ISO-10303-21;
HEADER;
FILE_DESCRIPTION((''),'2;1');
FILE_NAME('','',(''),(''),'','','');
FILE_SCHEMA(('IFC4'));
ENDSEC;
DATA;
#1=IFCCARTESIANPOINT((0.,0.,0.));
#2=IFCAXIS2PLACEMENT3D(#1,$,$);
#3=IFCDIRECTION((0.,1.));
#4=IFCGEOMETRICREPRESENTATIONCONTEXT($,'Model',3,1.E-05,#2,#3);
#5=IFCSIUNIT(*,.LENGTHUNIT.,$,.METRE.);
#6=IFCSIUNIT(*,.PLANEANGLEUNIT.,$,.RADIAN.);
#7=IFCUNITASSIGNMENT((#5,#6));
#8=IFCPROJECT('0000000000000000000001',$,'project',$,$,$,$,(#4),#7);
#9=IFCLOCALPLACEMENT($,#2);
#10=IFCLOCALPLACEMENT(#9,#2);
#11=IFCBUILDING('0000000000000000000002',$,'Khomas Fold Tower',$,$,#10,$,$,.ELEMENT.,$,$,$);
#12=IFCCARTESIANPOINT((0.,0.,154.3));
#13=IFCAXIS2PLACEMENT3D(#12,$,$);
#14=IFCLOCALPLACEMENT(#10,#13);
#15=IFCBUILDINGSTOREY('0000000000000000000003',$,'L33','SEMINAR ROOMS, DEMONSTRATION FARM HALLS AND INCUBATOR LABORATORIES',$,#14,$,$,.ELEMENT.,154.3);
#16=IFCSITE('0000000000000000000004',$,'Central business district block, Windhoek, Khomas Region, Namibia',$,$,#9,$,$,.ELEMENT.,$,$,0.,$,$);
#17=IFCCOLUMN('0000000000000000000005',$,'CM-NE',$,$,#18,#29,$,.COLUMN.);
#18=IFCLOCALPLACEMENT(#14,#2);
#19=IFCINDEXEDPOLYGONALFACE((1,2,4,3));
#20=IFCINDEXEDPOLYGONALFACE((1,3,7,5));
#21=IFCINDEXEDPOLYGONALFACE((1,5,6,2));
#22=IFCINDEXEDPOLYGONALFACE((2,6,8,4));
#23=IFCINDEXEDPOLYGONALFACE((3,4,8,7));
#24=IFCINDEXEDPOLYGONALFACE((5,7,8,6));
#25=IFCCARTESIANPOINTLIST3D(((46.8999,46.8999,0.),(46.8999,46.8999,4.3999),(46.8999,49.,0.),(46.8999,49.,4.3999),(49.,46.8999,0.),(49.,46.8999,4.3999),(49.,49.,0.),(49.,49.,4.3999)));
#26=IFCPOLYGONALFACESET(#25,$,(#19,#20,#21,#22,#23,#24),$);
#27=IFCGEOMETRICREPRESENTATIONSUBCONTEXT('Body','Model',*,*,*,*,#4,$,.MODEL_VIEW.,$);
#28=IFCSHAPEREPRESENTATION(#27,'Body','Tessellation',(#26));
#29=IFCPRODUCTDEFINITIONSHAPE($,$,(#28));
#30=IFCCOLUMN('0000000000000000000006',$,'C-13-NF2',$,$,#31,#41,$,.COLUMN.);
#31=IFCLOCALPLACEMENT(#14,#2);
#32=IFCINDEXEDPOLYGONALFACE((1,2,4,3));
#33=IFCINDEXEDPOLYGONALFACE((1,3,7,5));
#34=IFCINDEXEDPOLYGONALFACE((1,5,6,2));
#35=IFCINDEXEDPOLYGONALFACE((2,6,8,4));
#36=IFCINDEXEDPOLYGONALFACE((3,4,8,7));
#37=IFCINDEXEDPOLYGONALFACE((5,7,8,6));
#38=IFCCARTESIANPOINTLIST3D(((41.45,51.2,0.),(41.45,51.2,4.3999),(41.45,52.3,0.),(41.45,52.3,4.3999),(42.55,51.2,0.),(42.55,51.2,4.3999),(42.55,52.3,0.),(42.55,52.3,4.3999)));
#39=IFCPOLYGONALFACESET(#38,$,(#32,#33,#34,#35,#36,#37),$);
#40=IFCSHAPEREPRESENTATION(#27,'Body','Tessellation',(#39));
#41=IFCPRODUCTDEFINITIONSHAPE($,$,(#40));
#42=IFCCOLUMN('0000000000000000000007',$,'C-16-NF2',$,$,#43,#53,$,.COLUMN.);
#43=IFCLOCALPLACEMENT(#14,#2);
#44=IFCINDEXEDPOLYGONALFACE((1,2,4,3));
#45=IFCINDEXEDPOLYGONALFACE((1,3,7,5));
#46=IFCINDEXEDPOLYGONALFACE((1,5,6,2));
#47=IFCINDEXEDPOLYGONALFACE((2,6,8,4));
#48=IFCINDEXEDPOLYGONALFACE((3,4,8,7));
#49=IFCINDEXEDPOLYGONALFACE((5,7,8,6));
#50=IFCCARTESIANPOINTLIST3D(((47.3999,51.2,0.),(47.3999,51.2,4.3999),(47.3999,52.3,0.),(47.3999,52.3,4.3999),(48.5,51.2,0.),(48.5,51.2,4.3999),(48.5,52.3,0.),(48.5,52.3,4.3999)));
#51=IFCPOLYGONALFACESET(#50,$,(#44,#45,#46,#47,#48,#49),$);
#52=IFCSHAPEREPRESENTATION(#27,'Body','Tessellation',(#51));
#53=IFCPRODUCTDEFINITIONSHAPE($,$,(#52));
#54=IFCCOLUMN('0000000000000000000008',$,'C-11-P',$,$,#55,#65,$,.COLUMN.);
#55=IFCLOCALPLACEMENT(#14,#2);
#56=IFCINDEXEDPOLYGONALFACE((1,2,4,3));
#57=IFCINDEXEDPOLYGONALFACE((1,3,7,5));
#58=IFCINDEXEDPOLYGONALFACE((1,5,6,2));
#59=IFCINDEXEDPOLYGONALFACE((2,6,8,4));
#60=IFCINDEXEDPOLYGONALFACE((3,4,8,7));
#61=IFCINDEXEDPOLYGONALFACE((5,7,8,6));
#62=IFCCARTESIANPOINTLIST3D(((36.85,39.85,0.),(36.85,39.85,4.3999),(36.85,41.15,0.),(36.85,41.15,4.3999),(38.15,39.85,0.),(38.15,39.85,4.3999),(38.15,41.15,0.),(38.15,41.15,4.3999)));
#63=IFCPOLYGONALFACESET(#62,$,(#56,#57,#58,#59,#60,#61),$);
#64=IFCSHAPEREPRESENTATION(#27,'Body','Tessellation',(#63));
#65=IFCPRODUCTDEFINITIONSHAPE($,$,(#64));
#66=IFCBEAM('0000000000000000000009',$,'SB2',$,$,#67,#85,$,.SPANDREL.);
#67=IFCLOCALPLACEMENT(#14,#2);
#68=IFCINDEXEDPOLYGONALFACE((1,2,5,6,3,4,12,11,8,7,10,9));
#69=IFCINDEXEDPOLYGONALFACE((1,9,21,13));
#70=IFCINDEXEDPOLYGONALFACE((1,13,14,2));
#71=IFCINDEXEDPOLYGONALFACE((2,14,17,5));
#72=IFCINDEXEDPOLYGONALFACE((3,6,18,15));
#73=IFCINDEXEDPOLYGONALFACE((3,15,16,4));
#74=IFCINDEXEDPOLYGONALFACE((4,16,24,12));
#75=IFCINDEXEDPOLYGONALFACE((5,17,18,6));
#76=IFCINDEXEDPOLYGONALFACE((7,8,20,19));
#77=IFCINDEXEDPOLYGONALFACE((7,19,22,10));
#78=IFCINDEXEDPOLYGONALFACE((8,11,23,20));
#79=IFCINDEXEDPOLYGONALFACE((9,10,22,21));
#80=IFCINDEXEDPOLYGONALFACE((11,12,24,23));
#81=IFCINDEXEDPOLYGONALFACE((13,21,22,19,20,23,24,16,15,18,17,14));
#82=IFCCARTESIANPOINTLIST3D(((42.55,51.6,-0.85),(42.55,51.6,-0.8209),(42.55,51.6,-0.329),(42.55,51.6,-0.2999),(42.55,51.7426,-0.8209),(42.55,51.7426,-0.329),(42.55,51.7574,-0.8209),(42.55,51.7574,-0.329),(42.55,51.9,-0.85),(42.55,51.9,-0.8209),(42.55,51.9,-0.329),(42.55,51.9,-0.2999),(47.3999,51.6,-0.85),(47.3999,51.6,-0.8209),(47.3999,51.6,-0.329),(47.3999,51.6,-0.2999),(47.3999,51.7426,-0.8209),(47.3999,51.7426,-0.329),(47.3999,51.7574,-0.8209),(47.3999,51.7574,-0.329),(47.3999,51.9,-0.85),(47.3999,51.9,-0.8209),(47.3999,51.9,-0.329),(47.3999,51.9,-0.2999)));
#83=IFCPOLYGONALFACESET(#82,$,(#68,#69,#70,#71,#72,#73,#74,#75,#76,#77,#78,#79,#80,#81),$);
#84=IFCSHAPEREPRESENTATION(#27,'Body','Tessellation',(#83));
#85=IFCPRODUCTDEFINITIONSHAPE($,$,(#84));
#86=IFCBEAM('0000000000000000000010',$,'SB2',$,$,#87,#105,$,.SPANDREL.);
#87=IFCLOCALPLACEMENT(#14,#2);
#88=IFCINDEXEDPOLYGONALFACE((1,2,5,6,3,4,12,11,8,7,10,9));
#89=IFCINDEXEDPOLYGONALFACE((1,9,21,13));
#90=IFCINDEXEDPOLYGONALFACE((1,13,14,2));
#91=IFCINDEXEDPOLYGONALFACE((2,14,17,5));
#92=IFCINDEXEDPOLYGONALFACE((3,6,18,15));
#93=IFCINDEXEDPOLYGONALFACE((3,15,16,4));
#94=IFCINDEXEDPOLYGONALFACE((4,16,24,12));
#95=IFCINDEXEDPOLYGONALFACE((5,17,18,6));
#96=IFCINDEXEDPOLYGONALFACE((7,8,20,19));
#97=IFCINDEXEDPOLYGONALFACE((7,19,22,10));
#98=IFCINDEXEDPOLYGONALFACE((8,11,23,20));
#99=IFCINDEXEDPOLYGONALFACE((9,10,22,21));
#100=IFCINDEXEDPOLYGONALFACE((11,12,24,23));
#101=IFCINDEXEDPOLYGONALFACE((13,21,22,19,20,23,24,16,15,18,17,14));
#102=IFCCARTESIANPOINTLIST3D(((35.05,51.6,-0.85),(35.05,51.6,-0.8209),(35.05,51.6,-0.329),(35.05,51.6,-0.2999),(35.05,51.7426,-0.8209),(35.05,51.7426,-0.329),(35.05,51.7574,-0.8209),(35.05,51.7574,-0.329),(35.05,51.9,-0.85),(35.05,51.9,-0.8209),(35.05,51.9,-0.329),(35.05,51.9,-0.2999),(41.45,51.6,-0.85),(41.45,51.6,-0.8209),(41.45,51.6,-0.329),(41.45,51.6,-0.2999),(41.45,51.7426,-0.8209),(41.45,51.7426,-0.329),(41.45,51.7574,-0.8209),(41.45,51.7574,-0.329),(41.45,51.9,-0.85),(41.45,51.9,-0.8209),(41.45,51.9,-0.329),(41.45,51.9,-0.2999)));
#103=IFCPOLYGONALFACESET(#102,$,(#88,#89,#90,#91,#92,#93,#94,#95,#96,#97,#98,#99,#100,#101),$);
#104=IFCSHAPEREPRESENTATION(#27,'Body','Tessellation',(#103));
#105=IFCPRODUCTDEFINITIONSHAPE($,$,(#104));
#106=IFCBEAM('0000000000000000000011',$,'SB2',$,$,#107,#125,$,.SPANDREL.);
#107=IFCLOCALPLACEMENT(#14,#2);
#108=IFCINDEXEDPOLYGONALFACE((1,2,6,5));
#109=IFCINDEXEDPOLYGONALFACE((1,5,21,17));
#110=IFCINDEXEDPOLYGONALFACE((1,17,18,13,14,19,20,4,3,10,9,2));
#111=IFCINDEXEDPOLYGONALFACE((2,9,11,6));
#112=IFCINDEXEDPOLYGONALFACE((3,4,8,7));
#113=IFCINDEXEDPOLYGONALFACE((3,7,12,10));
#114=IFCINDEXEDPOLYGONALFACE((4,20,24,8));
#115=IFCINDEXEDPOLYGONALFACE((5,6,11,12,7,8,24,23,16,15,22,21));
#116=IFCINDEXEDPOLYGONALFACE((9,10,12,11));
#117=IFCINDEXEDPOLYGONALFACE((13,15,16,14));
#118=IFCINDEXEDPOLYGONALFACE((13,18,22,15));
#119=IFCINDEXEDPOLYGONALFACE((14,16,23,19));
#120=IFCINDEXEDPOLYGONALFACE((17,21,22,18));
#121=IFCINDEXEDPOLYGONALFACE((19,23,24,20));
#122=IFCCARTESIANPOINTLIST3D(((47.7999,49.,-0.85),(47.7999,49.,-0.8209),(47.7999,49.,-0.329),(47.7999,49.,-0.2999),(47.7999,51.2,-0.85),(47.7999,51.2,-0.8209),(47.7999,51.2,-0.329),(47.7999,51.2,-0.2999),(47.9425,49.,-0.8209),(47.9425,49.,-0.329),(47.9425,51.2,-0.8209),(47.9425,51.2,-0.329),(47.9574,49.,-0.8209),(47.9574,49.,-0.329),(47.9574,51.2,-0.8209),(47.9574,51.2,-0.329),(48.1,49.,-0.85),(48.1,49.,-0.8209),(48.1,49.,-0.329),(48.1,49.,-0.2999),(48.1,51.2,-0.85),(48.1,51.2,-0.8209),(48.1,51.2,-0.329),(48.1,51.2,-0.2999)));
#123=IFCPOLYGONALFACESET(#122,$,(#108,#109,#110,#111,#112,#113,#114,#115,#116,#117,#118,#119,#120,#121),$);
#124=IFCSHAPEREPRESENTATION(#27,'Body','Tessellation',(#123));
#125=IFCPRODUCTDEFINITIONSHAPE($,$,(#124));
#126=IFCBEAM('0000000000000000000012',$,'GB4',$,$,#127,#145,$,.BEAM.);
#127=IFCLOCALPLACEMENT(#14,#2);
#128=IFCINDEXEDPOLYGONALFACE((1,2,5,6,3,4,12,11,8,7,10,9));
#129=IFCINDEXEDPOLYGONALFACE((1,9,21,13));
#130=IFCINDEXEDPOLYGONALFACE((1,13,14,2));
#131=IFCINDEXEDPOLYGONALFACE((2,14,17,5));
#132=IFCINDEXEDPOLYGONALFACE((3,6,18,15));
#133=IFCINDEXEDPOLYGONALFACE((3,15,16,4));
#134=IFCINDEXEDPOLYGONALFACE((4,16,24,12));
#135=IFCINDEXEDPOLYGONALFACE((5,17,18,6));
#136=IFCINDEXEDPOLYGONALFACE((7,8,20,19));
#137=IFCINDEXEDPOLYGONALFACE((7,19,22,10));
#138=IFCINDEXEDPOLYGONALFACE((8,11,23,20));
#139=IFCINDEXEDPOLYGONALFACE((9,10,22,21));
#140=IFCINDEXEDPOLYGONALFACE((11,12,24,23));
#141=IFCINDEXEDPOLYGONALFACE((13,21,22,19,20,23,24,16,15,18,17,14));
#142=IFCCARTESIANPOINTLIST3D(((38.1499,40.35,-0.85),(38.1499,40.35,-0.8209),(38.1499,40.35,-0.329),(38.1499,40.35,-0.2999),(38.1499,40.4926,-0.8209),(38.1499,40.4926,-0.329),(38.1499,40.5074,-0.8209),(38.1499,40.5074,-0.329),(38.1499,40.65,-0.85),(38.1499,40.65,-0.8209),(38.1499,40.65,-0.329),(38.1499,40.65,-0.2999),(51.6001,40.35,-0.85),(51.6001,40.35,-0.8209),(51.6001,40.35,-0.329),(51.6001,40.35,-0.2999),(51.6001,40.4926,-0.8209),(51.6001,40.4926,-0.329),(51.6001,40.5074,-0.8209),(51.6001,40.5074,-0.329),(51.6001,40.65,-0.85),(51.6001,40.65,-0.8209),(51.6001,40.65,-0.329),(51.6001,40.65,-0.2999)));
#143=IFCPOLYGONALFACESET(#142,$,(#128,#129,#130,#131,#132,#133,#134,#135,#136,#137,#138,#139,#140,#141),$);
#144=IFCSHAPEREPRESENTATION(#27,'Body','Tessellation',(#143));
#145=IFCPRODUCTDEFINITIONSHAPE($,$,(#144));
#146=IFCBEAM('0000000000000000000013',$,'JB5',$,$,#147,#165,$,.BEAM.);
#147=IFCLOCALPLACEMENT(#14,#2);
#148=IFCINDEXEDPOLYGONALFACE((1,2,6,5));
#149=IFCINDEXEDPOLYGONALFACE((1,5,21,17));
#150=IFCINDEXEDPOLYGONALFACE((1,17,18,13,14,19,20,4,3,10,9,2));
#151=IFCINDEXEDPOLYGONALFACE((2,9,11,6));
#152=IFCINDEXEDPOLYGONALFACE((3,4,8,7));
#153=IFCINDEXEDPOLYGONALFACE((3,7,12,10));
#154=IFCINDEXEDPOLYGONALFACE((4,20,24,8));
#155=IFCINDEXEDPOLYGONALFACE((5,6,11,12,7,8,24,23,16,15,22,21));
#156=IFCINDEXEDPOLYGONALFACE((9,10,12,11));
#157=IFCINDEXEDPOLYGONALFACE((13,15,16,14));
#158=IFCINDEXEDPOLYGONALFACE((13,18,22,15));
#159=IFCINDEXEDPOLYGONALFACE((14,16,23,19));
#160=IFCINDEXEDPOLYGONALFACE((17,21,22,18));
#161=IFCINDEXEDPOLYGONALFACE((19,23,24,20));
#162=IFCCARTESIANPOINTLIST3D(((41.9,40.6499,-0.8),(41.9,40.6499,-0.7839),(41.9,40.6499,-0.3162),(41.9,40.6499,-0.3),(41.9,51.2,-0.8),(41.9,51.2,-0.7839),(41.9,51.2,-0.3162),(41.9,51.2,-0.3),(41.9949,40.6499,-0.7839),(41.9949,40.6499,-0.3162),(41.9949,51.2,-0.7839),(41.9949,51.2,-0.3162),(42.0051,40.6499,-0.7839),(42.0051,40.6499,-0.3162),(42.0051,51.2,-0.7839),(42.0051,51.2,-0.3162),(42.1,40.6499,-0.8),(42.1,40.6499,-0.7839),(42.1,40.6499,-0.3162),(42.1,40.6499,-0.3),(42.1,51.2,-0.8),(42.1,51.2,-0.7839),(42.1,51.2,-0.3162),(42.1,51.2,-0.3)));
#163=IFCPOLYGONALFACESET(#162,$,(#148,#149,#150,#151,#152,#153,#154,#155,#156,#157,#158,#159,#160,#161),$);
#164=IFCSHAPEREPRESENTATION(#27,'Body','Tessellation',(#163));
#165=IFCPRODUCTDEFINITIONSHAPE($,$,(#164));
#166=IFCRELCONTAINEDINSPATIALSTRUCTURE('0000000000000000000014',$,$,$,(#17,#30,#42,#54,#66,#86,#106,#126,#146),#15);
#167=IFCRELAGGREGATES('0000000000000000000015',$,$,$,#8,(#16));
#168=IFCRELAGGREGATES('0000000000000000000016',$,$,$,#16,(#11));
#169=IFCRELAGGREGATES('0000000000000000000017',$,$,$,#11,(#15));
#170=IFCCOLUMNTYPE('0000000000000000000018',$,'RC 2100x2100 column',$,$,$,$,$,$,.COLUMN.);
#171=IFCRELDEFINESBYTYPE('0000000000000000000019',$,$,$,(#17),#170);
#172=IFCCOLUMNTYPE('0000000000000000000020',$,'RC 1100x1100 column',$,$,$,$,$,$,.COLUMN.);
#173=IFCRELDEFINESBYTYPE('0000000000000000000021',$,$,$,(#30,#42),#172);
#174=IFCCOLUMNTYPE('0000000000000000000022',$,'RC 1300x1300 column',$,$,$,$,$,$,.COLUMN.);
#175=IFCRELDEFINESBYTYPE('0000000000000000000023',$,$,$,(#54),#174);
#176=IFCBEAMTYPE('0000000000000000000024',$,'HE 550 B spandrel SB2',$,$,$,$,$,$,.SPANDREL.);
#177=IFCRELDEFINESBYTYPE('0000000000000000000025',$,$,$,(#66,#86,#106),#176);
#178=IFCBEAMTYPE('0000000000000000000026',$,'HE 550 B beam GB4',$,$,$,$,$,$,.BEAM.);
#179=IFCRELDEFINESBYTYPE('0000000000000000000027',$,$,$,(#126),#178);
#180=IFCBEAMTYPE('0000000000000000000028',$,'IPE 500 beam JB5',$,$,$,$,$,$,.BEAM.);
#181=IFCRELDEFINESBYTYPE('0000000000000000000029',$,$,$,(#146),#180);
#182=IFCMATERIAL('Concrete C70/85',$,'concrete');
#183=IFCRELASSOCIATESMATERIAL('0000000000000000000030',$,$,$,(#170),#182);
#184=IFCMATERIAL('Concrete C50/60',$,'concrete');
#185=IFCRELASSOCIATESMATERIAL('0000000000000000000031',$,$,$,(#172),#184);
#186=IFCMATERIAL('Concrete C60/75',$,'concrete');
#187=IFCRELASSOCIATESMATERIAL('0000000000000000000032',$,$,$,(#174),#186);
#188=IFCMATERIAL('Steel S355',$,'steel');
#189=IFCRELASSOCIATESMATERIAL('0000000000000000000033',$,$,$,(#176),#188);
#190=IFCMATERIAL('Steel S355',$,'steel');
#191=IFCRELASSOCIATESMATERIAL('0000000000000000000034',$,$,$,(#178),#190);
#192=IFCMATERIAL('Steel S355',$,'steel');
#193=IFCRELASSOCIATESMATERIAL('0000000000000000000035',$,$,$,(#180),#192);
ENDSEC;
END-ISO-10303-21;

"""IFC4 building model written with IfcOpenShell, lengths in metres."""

from ifc_helpers import new_model, si_unit, direction, frame, origin, origin_2d, place, context, subcontext, project, spatial, rectangle, i_section, extrude, source, transform, mapped, material, material_profile, profile_set, type_object, element, save


model = new_model("IFC4")

# Units and contexts
model_context = context("Model", 3, precision=1e-05, world=origin(), true_north=direction((0.0, 1.0)))
body_context = subcontext(model_context, "Body", "Model", "MODEL_VIEW")
ifc_project = project(units=[si_unit("LENGTHUNIT", "METRE"), si_unit("PLANEANGLEUNIT", "RADIAN")], contexts=[model_context])

# Site, building, storey
site_placement = place(None, origin())
site = spatial("IfcSite", under=ifc_project, at=site_placement, Name="Central business district block, Windhoek, Khomas Region, Namibia", CompositionType="ELEMENT", RefElevation=0.0)
building_placement = place(site_placement, origin())
building = spatial("IfcBuilding", under=site, at=building_placement, Name="Khomas Fold Tower", CompositionType="ELEMENT")
storey_placement = place(building_placement, frame((0.0, 0.0, 154.3)))
storey = spatial("IfcBuildingStorey", under=building, at=storey_placement, Name="L33", Description="SEMINAR ROOMS, DEMONSTRATION FARM HALLS AND INCUBATOR LABORATORIES", CompositionType="ELEMENT", Elevation=154.3)

# Columns
ifc_material_1 = material(Name="Concrete C70/85", Category="concrete")
ifc_material_profile_1 = material_profile(ifc_material_1, rectangle(XDim=2.1001, YDim=2.1001, at=origin_2d()), Name="RC 2100x2100")
ifc_profile_set_1 = profile_set([ifc_material_profile_1], Name="Concrete C70/85")
column_type_1 = type_object("IfcColumnType", Name="RC 2100x2100 column", PredefinedType="COLUMN", material=ifc_profile_set_1)
shared_shape_1 = source(origin(), body_context, "Body", "SweptSolid", [
    extrude(rectangle(XDim=2.1001, YDim=2.1001, at=origin_2d()), origin(), (0.0, 0.0, 1.0), 4.3999),
])
column_1_placement = place(storey_placement, frame((47.95, 47.95, 0.0), z_axis=(0.0, 0.0, 1.0), x_axis=(1.0, 0.0, 0.0)))
element("IfcColumn", 1, at=column_1_placement, inside=storey, type_object=column_type_1, Name="CM-NE", PredefinedType="COLUMN", context=body_context, shape_type="MappedRepresentation", body=[
    mapped(shared_shape_1, transform((0.0, 0.0, 0.0))),
])
ifc_material_2 = material(Name="Concrete C50/60", Category="concrete")
ifc_material_profile_2 = material_profile(ifc_material_2, rectangle(XDim=1.1001, YDim=1.1001, at=origin_2d()), Name="RC 1100x1100")
ifc_profile_set_2 = profile_set([ifc_material_profile_2], Name="Concrete C50/60")
column_type_2 = type_object("IfcColumnType", Name="RC 1100x1100 column", PredefinedType="COLUMN", material=ifc_profile_set_2)
shared_shape_2 = source(origin(), body_context, "Body", "SweptSolid", [
    extrude(rectangle(XDim=1.1001, YDim=1.1001, at=origin_2d()), origin(), (0.0, 0.0, 1.0), 4.3999),
])
for number, where, z_axis, x_axis, name in (
    (2, (42.0, 51.75, 0.0), (0.0, 0.0, 1.0), (1.0, 0.0, 0.0), "C-13-NF2"),
    (3, (47.95, 51.75, 0.0), (0.0, 0.0, 1.0), (1.0, 0.0, 0.0), "C-16-NF2"),
):
    element("IfcColumn", number, at=place(storey_placement, frame(where, z_axis=z_axis, x_axis=x_axis)), inside=storey, type_object=column_type_2, Name=name, PredefinedType="COLUMN", context=body_context, shape_type="MappedRepresentation", body=[
        mapped(shared_shape_2, transform((0.0, 0.0, 0.0))),
    ])
ifc_material_3 = material(Name="Concrete C60/75", Category="concrete")
ifc_material_profile_3 = material_profile(ifc_material_3, rectangle(XDim=1.3, YDim=1.3, at=origin_2d()), Name="RC 1300x1300")
ifc_profile_set_3 = profile_set([ifc_material_profile_3], Name="Concrete C60/75")
column_type_3 = type_object("IfcColumnType", Name="RC 1300x1300 column", PredefinedType="COLUMN", material=ifc_profile_set_3)
shared_shape_3 = source(origin(), body_context, "Body", "SweptSolid", [
    extrude(rectangle(XDim=1.3, YDim=1.3, at=origin_2d()), origin(), (0.0, 0.0, 1.0), 4.3999),
])
column_2_placement = place(storey_placement, frame((37.5, 40.5, 0.0), z_axis=(0.0, 0.0, 1.0), x_axis=(1.0, 0.0, 0.0)))
element("IfcColumn", 4, at=column_2_placement, inside=storey, type_object=column_type_3, Name="C-11-P", PredefinedType="COLUMN", context=body_context, shape_type="MappedRepresentation", body=[
    mapped(shared_shape_3, transform((0.0, 0.0, 0.0))),
])

# Beams
ifc_material_4 = material(Name="Steel S355", Category="steel")
ifc_material_profile_4 = material_profile(ifc_material_4, i_section(OverallWidth=0.3, OverallDepth=0.55, WebThickness=0.0149, FlangeThickness=0.0291, at=origin_2d()), Name="HE 550 B")
ifc_profile_set_4 = profile_set([ifc_material_profile_4], Name="Steel S355")
beam_type_1 = type_object("IfcBeamType", Name="HE 550 B spandrel SB2", PredefinedType="SPANDREL", material=ifc_profile_set_4)
shared_shape_4 = source(origin(), body_context, "Body", "SweptSolid", [
    extrude(i_section(OverallWidth=0.3, OverallDepth=0.55, WebThickness=0.0149, FlangeThickness=0.0291, at=origin_2d()), origin(), (0.0, 0.0, 1.0), 4.8499),
])
beam_1_placement = place(storey_placement, frame((42.55, 51.75, -0.575), z_axis=(1.0, 0.0, 0.0), x_axis=(0.0, 1.0, 0.0)))
element("IfcBeam", 5, at=beam_1_placement, inside=storey, type_object=beam_type_1, Name="SB2", PredefinedType="SPANDREL", context=body_context, shape_type="MappedRepresentation", body=[
    mapped(shared_shape_4, transform((0.0, 0.0, 0.0))),
])
shared_shape_5 = source(origin(), body_context, "Body", "SweptSolid", [
    extrude(i_section(OverallWidth=0.3, OverallDepth=0.55, WebThickness=0.0149, FlangeThickness=0.0291, at=origin_2d()), origin(), (0.0, 0.0, 1.0), 6.3999),
])
beam_2_placement = place(storey_placement, frame((35.05, 51.75, -0.575), z_axis=(1.0, 0.0, 0.0), x_axis=(0.0, 1.0, 0.0)))
element("IfcBeam", 6, at=beam_2_placement, inside=storey, type_object=beam_type_1, Name="SB2", PredefinedType="SPANDREL", context=body_context, shape_type="MappedRepresentation", body=[
    mapped(shared_shape_5, transform((0.0, 0.0, 0.0))),
])
shared_shape_6 = source(origin(), body_context, "Body", "SweptSolid", [
    extrude(i_section(OverallWidth=0.3, OverallDepth=0.55, WebThickness=0.0149, FlangeThickness=0.0291, at=origin_2d()), origin(), (0.0, 0.0, 1.0), 2.2),
])
beam_3_placement = place(storey_placement, frame((47.95, 49.0, -0.575), z_axis=(0.0, 1.0, 0.0), x_axis=(-1.0, 0.0, 0.0)))
element("IfcBeam", 7, at=beam_3_placement, inside=storey, type_object=beam_type_1, Name="SB2", PredefinedType="SPANDREL", context=body_context, shape_type="MappedRepresentation", body=[
    mapped(shared_shape_6, transform((0.0, 0.0, 0.0))),
])
ifc_material_5 = material(Name="Steel S355", Category="steel")
ifc_material_profile_5 = material_profile(ifc_material_5, i_section(OverallWidth=0.3, OverallDepth=0.55, WebThickness=0.0149, FlangeThickness=0.0291, at=origin_2d()), Name="HE 550 B")
ifc_profile_set_5 = profile_set([ifc_material_profile_5], Name="Steel S355")
beam_type_2 = type_object("IfcBeamType", Name="HE 550 B beam GB4", PredefinedType="BEAM", material=ifc_profile_set_5)
shared_shape_7 = source(origin(), body_context, "Body", "SweptSolid", [
    extrude(i_section(OverallWidth=0.3, OverallDepth=0.55, WebThickness=0.0149, FlangeThickness=0.0291, at=origin_2d()), origin(), (0.0, 0.0, 1.0), 13.4502),
])
beam_4_placement = place(storey_placement, frame((38.1499, 40.5, -0.575), z_axis=(1.0, 0.0, 0.0), x_axis=(0.0, 1.0, 0.0)))
element("IfcBeam", 8, at=beam_4_placement, inside=storey, type_object=beam_type_2, Name="GB4", PredefinedType="BEAM", context=body_context, shape_type="MappedRepresentation", body=[
    mapped(shared_shape_7, transform((0.0, 0.0, 0.0))),
])
ifc_material_6 = material(Name="Steel S355", Category="steel")
ifc_material_profile_6 = material_profile(ifc_material_6, i_section(OverallWidth=0.2, OverallDepth=0.5, WebThickness=0.0103, FlangeThickness=0.0161, at=origin_2d()), Name="IPE 500")
ifc_profile_set_6 = profile_set([ifc_material_profile_6], Name="Steel S355")
beam_type_3 = type_object("IfcBeamType", Name="IPE 500 beam JB5", PredefinedType="BEAM", material=ifc_profile_set_6)
shared_shape_8 = source(origin(), body_context, "Body", "SweptSolid", [
    extrude(i_section(OverallWidth=0.2, OverallDepth=0.5, WebThickness=0.0103, FlangeThickness=0.0161, at=origin_2d()), origin(), (0.0, 0.0, 1.0), 10.55),
])
beam_5_placement = place(storey_placement, frame((42.0, 40.6499, -0.55), z_axis=(0.0, 1.0, 0.0), x_axis=(-1.0, 0.0, 0.0)))
element("IfcBeam", 9, at=beam_5_placement, inside=storey, type_object=beam_type_3, Name="JB5", PredefinedType="BEAM", context=body_context, shape_type="MappedRepresentation", body=[
    mapped(shared_shape_8, transform((0.0, 0.0, 0.0))),
])

save(model, "model.ifc")
